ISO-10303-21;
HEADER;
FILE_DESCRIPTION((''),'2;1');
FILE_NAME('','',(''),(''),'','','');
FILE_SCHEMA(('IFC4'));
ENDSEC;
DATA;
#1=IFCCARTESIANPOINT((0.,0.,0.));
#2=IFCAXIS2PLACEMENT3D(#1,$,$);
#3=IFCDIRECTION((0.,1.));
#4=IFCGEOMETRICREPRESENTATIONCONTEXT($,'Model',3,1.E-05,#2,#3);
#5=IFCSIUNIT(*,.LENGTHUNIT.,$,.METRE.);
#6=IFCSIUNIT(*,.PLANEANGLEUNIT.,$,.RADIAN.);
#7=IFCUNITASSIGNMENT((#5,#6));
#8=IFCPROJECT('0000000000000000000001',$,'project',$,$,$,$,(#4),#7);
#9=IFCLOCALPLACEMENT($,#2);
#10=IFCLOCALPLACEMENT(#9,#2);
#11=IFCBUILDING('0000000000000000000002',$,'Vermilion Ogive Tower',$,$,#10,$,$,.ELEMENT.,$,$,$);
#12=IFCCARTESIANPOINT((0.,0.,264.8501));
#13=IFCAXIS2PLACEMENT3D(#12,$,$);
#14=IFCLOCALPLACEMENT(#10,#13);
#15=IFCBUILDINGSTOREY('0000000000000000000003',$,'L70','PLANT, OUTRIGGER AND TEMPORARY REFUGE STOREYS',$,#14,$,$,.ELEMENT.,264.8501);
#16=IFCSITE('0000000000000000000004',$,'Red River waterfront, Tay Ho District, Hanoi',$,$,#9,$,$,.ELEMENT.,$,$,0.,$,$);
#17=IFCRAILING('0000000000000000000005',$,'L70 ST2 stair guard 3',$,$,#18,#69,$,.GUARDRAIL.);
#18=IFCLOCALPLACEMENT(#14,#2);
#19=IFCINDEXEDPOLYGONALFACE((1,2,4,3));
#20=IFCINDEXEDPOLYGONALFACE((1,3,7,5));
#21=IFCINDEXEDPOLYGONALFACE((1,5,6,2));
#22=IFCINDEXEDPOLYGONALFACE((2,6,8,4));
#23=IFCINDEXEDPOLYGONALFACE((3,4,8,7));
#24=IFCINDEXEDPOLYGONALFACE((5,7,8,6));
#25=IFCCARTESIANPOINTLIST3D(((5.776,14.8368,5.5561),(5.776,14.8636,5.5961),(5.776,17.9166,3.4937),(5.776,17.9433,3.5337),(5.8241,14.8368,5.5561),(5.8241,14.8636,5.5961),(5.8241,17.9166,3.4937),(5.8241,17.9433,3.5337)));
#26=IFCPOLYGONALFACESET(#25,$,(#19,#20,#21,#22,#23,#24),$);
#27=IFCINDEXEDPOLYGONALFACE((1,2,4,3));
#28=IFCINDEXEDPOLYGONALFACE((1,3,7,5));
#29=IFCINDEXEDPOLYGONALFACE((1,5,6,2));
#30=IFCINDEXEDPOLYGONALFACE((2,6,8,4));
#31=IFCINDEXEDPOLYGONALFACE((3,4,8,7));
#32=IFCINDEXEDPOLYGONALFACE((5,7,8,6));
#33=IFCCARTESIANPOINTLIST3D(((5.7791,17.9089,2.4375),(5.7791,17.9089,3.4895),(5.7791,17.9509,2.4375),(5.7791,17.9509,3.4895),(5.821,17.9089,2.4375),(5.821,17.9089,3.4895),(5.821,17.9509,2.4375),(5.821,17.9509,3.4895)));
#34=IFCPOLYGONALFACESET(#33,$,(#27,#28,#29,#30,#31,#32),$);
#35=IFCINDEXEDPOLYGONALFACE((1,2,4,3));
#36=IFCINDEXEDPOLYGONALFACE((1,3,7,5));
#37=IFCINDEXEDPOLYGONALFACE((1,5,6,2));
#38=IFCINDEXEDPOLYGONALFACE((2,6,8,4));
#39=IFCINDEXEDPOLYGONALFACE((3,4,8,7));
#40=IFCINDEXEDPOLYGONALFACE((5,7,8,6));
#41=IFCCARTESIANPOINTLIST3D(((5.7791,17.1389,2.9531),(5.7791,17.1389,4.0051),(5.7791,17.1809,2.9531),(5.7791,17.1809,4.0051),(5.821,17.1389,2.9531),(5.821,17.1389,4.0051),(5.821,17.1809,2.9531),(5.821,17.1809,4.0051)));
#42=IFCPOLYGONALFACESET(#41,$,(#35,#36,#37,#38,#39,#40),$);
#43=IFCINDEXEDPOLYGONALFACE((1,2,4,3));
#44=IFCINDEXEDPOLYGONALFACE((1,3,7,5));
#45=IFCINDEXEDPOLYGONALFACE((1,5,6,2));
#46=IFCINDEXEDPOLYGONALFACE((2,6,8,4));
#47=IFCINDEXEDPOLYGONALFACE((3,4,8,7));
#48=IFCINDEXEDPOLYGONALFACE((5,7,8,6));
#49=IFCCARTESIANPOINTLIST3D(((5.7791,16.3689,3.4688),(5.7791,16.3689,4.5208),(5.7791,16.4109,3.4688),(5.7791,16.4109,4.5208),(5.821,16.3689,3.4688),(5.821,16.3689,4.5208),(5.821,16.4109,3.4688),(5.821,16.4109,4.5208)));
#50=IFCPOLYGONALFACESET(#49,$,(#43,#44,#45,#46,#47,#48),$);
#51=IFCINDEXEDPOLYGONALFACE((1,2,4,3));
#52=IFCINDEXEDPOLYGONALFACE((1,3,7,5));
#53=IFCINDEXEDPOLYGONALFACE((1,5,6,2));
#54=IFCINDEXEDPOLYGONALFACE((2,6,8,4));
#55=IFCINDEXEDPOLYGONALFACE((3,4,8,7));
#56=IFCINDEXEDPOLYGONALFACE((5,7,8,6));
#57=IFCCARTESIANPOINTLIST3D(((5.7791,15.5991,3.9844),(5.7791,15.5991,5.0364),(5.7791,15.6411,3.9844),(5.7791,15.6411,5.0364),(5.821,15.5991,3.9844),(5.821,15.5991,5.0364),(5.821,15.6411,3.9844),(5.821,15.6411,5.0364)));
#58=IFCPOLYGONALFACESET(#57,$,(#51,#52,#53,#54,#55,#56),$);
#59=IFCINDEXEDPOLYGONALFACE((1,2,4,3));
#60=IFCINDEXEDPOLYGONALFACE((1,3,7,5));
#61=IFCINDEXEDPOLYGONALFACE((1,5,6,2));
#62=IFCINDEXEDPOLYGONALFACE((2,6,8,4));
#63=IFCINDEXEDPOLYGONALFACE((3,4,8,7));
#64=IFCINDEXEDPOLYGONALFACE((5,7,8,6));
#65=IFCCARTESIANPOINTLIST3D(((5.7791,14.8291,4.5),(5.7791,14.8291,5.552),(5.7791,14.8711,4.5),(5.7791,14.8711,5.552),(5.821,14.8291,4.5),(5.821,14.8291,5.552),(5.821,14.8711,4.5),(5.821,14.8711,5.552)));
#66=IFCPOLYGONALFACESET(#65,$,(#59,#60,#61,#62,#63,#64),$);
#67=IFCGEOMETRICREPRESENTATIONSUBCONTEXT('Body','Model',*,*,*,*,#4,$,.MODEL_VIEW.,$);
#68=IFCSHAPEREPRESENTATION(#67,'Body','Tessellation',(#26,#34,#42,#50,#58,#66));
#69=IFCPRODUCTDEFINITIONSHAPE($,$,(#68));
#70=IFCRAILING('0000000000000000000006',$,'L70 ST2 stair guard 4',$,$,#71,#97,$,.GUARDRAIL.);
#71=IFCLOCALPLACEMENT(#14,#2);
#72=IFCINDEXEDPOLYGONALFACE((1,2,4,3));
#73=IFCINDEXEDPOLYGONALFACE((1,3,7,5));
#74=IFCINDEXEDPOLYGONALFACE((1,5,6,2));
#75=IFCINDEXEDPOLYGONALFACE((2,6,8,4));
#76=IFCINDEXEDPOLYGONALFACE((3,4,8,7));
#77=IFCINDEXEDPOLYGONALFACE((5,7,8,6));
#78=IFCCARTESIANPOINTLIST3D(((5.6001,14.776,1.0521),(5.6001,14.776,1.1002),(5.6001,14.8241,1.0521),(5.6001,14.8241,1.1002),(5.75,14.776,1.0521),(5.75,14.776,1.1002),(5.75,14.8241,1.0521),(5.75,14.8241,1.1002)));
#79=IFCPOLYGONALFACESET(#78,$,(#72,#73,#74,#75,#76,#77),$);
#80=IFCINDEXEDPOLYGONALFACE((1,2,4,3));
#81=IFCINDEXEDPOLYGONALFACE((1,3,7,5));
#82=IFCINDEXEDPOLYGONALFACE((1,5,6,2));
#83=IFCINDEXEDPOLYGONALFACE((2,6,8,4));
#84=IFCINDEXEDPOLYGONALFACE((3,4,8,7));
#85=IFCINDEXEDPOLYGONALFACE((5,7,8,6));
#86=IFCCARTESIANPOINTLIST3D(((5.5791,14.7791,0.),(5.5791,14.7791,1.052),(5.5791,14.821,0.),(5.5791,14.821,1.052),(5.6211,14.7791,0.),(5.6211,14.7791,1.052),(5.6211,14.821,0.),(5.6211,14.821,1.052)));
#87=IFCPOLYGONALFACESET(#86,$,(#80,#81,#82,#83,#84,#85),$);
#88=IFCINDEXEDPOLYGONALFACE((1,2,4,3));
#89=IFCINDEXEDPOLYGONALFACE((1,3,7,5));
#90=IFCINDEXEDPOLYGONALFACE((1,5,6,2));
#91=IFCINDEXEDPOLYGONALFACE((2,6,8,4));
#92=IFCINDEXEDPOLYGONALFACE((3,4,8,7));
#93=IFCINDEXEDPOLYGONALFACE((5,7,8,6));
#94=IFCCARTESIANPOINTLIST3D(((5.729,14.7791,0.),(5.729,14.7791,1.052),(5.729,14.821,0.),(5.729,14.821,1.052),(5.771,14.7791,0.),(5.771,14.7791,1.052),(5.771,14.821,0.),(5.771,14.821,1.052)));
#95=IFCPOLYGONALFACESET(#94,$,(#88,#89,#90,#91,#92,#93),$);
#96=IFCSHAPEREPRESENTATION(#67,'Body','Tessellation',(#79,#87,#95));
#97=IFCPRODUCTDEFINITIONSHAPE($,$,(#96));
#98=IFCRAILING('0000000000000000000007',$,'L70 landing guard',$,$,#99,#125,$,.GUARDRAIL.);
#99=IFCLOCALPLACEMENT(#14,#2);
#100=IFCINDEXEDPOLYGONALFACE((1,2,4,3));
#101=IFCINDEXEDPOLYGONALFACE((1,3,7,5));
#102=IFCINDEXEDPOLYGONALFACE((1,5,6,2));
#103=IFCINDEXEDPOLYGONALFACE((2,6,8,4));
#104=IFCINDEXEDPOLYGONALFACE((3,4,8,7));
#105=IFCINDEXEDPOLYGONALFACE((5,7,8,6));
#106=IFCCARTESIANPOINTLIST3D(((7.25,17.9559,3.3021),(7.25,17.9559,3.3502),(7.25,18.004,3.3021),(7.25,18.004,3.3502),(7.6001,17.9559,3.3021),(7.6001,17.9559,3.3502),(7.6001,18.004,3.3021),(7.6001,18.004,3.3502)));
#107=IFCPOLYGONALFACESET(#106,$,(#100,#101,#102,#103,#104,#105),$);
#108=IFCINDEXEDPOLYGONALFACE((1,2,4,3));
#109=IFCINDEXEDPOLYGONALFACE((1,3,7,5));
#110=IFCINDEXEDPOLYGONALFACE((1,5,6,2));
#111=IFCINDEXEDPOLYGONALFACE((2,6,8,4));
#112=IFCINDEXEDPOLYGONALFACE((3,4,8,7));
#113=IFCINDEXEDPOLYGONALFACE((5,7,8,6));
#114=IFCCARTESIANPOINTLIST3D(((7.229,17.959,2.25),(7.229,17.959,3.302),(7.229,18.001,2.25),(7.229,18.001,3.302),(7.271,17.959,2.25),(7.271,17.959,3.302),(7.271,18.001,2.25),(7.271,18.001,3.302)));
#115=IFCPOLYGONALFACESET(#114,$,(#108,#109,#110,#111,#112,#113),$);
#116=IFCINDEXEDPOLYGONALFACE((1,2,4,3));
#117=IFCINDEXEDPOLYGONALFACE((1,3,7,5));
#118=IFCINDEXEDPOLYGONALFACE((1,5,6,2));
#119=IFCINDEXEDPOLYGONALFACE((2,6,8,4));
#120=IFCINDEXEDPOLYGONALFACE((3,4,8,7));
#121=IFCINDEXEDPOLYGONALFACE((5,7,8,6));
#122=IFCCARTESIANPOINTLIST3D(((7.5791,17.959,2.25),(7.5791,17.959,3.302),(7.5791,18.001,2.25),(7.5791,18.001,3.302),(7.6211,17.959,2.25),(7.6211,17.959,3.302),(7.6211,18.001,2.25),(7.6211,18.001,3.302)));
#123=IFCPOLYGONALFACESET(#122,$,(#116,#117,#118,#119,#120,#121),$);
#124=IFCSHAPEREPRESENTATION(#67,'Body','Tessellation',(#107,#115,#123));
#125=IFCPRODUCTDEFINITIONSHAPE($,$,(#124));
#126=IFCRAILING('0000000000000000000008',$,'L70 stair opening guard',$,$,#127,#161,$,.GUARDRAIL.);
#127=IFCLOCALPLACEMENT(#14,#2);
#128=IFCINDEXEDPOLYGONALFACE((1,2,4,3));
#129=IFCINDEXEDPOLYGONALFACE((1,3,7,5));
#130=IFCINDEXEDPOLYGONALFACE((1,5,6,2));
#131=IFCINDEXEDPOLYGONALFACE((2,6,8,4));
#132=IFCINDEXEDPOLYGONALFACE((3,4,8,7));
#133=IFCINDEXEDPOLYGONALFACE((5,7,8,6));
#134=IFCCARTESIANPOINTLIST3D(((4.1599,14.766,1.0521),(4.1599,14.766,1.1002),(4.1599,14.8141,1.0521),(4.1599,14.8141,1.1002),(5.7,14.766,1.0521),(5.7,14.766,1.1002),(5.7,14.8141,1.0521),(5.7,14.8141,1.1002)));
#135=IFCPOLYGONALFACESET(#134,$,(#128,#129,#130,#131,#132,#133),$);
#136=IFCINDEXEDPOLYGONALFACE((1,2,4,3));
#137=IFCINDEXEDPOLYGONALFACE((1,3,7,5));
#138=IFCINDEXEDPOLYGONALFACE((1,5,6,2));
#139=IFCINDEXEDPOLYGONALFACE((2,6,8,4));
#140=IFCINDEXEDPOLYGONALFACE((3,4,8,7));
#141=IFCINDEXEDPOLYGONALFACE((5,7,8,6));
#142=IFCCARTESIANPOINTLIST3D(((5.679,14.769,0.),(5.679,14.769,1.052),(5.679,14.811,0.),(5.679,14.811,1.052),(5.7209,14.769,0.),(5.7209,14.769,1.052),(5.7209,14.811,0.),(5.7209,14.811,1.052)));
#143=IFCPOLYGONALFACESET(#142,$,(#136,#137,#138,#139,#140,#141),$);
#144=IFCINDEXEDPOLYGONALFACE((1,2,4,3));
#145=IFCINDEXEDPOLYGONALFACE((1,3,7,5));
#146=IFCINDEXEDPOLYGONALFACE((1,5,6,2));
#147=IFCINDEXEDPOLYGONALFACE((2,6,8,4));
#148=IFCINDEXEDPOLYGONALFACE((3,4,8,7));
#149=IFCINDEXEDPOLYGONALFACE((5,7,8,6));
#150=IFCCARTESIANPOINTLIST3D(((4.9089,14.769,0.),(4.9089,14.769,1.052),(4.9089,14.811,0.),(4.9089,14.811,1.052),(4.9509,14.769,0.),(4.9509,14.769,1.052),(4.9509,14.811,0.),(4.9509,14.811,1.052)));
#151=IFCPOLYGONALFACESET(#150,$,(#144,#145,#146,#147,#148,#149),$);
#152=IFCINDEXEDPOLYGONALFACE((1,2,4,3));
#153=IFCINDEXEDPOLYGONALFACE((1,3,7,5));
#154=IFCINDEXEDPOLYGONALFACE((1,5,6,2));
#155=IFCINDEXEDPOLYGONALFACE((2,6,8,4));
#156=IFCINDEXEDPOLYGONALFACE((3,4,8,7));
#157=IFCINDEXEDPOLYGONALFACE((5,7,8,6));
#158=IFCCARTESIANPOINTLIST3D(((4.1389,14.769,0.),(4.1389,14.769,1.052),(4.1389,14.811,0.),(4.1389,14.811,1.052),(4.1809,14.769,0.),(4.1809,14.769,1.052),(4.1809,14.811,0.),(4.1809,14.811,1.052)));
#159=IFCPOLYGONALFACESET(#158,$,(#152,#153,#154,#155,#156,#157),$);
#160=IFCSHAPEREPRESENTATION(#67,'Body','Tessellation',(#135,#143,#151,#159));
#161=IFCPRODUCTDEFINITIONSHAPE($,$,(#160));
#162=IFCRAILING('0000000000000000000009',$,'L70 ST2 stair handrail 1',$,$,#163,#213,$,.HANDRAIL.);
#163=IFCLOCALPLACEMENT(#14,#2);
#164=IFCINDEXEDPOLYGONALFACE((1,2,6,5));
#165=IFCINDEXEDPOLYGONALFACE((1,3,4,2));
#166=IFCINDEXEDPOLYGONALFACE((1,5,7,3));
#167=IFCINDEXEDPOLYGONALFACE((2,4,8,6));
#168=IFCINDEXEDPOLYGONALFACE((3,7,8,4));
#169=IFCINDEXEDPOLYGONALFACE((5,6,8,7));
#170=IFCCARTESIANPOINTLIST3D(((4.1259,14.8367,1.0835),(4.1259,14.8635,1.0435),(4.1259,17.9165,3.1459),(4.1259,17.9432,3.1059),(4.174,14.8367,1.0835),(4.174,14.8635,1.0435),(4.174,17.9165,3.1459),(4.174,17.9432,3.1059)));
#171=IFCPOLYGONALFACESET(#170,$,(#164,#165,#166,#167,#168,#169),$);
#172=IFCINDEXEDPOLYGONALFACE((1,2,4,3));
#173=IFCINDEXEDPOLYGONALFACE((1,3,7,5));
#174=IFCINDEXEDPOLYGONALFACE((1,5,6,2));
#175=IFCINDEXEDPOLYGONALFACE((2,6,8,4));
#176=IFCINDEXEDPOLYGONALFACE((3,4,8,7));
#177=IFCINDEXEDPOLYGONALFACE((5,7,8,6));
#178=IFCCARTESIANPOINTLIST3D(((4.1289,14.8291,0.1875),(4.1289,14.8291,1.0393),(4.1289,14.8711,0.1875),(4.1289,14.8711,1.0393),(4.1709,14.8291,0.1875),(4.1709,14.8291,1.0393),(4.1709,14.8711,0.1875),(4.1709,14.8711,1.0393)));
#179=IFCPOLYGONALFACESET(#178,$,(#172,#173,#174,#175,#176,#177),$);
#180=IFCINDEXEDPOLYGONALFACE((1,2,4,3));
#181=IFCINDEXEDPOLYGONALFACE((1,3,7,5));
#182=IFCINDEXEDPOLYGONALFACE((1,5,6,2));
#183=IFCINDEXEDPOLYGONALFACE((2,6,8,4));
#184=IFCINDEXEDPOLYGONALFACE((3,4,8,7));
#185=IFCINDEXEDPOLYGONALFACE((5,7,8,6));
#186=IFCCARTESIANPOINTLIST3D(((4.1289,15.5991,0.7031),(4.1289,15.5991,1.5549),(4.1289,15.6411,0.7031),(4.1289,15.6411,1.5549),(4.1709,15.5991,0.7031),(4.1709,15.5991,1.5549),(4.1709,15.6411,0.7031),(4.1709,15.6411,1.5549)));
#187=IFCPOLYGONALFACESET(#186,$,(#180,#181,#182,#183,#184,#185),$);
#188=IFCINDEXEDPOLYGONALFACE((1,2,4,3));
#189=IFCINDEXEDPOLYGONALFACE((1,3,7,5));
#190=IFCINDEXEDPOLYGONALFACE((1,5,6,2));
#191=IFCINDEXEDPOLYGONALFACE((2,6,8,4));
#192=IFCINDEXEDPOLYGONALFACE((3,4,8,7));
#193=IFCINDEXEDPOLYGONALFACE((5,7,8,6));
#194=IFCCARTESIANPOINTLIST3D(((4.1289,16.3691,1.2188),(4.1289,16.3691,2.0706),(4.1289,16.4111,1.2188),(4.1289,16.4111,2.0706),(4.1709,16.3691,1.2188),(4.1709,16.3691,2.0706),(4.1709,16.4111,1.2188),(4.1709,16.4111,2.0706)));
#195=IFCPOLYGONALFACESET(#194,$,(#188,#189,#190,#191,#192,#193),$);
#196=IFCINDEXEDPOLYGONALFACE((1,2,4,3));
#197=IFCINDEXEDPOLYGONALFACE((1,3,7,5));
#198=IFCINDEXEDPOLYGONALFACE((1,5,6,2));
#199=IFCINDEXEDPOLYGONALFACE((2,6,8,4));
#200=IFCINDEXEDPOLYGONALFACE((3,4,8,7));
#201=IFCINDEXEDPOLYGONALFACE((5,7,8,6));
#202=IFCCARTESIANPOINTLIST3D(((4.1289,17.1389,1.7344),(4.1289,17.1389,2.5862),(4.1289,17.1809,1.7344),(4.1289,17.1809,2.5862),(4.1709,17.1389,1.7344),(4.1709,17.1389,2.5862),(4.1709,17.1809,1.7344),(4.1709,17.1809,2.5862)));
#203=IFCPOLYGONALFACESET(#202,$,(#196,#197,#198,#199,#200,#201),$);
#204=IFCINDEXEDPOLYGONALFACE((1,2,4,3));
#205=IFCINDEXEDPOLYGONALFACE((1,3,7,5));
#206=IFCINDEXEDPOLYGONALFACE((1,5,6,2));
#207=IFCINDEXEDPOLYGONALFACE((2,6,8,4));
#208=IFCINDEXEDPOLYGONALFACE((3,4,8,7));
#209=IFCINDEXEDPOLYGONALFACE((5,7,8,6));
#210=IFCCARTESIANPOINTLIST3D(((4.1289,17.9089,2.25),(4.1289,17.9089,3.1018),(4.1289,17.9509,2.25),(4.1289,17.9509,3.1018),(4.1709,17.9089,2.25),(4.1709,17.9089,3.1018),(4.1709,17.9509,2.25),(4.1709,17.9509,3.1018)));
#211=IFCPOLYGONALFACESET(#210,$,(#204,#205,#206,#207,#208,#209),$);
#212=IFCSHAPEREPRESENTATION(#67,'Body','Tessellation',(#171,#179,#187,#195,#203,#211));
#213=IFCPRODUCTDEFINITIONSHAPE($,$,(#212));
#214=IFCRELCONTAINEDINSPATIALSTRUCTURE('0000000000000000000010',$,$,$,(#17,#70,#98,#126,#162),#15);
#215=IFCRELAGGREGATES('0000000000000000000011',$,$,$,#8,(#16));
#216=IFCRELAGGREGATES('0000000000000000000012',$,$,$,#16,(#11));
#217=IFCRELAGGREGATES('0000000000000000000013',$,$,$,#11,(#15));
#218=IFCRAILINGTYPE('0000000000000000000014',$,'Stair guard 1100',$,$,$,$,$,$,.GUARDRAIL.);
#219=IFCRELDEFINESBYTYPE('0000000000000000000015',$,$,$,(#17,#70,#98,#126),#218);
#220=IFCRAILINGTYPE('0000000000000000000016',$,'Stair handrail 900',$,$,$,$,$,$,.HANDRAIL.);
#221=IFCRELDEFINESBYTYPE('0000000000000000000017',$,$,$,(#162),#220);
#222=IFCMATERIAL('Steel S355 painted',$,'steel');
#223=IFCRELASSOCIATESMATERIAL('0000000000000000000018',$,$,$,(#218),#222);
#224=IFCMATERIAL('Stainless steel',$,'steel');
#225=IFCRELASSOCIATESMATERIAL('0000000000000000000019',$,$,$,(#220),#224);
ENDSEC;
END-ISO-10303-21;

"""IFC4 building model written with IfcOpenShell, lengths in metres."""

from ifc_helpers import new_model, si_unit, direction, frame, origin, origin_2d, place, context, subcontext, project, spatial, rectangle, extrude, material, type_object, element, save


model = new_model("IFC4")

# Units and contexts
model_context = context("Model", 3, precision=1e-05, world=origin(), true_north=direction((0.0, 1.0)))
body_context = subcontext(model_context, "Body", "Model", "MODEL_VIEW")
ifc_project = project(units=[si_unit("LENGTHUNIT", "METRE"), si_unit("PLANEANGLEUNIT", "RADIAN")], contexts=[model_context])

# Site, building, storey
site_placement = place(None, origin())
site = spatial("IfcSite", under=ifc_project, at=site_placement, Name="Red River waterfront, Tay Ho District, Hanoi", CompositionType="ELEMENT", RefElevation=0.0)
building_placement = place(site_placement, origin())
building = spatial("IfcBuilding", under=site, at=building_placement, Name="Vermilion Ogive Tower", CompositionType="ELEMENT")
storey_placement = place(building_placement, frame((0.0, 0.0, 264.8501)))
storey = spatial("IfcBuildingStorey", under=building, at=storey_placement, Name="L70", Description="PLANT, OUTRIGGER AND TEMPORARY REFUGE STOREYS", CompositionType="ELEMENT", Elevation=264.8501)

# Railings
ifc_material_1 = material(Name="Steel S355 painted", Category="steel")
railing_type_1 = type_object("IfcRailingType", Name="Stair guard 1100", PredefinedType="GUARDRAIL", material=ifc_material_1)
railing_1_placement = place(storey_placement, frame((5.8, 17.9299, 2.4375)))
element("IfcRailing", 1, at=railing_1_placement, inside=storey, type_object=railing_type_1, Name="L70 ST2 stair guard 3", PredefinedType="GUARDRAIL", context=body_context, shape_type="SweptSolid", body=[
    extrude(rectangle(XDim=0.0481, YDim=0.0481, at=origin_2d()), frame((0.0, 0.0, 1.0762), z_axis=(0.0, -0.830893, 0.556432), x_axis=(1.0, 0.0, 0.0)), (0.0, 0.0, 1.0), 3.7065),
    extrude(rectangle(XDim=0.042, YDim=0.042, at=origin_2d()), origin(), (0.0, 0.0, 1.0), 1.052),
    extrude(rectangle(XDim=0.042, YDim=0.042, at=origin_2d()), frame((0.0, -0.77, 0.5156)), (0.0, 0.0, 1.0), 1.052),
    extrude(rectangle(XDim=0.042, YDim=0.042, at=origin_2d()), frame((0.0, -1.54, 1.0312)), (0.0, 0.0, 1.0), 1.052),
    extrude(rectangle(XDim=0.042, YDim=0.042, at=origin_2d()), frame((0.0, -2.3098, 1.5469)), (0.0, 0.0, 1.0), 1.052),
    extrude(rectangle(XDim=0.042, YDim=0.042, at=origin_2d()), frame((0.0, -3.0798, 2.0625)), (0.0, 0.0, 1.0), 1.052),
])
railing_2_placement = place(storey_placement, frame((5.6001, 14.8, 0.0)))
element("IfcRailing", 2, at=railing_2_placement, inside=storey, type_object=railing_type_1, Name="L70 ST2 stair guard 4", PredefinedType="GUARDRAIL", context=body_context, shape_type="SweptSolid", body=[
    extrude(rectangle(XDim=0.0481, YDim=0.0481, at=origin_2d()), frame((0.0, 0.0, 1.0762), z_axis=(1.0, 0.0, 0.0), x_axis=(0.0, 1.0, 0.0)), (0.0, 0.0, 1.0), 0.1499),
    extrude(rectangle(XDim=0.042, YDim=0.042, at=origin_2d()), origin(), (0.0, 0.0, 1.0), 1.052),
    extrude(rectangle(XDim=0.042, YDim=0.042, at=origin_2d()), frame((0.1499, 0.0, 0.0)), (0.0, 0.0, 1.0), 1.052),
])
railing_3_placement = place(storey_placement, frame((7.25, 17.98, 2.25)))
element("IfcRailing", 3, at=railing_3_placement, inside=storey, type_object=railing_type_1, Name="L70 landing guard", PredefinedType="GUARDRAIL", context=body_context, shape_type="SweptSolid", body=[
    extrude(rectangle(XDim=0.0481, YDim=0.0481, at=origin_2d()), frame((0.0, 0.0, 1.0762), z_axis=(1.0, 0.0, 0.0), x_axis=(0.0, 1.0, 0.0)), (0.0, 0.0, 1.0), 0.3501),
    extrude(rectangle(XDim=0.042, YDim=0.042, at=origin_2d()), origin(), (0.0, 0.0, 1.0), 1.052),
    extrude(rectangle(XDim=0.042, YDim=0.042, at=origin_2d()), frame((0.3501, 0.0, 0.0)), (0.0, 0.0, 1.0), 1.052),
])
railing_4_placement = place(storey_placement, frame((5.7, 14.79, 0.0)))
element("IfcRailing", 4, at=railing_4_placement, inside=storey, type_object=railing_type_1, Name="L70 stair opening guard", PredefinedType="GUARDRAIL", context=body_context, shape_type="SweptSolid", body=[
    extrude(rectangle(XDim=0.0481, YDim=0.0481, at=origin_2d()), frame((0.0, 0.0, 1.0762), z_axis=(-1.0, 0.0, 0.0), x_axis=(0.0, -1.0, 0.0)), (0.0, 0.0, 1.0), 1.54),
    extrude(rectangle(XDim=0.042, YDim=0.042, at=origin_2d()), origin(), (0.0, 0.0, 1.0), 1.052),
    extrude(rectangle(XDim=0.042, YDim=0.042, at=origin_2d()), frame((-0.77, 0.0, 0.0)), (0.0, 0.0, 1.0), 1.052),
    extrude(rectangle(XDim=0.042, YDim=0.042, at=origin_2d()), frame((-1.54, 0.0, 0.0)), (0.0, 0.0, 1.0), 1.052),
])
ifc_material_2 = material(Name="Stainless steel", Category="steel")
railing_type_2 = type_object("IfcRailingType", Name="Stair handrail 900", PredefinedType="HANDRAIL", material=ifc_material_2)
railing_5_placement = place(storey_placement, frame((4.1499, 14.8501, 0.1875)))
element("IfcRailing", 5, at=railing_5_placement, inside=storey, type_object=railing_type_2, Name="L70 ST2 stair handrail 1", PredefinedType="HANDRAIL", context=body_context, shape_type="SweptSolid", body=[
    extrude(rectangle(XDim=0.0481, YDim=0.0481, at=origin_2d()), frame((0.0, 0.0, 0.876), z_axis=(0.0, 0.830893, 0.556432), x_axis=(-1.0, 0.0, 0.0)), (0.0, 0.0, 1.0), 3.7065),
    extrude(rectangle(XDim=0.042, YDim=0.042, at=origin_2d()), origin(), (0.0, 0.0, 1.0), 0.8518),
    extrude(rectangle(XDim=0.042, YDim=0.042, at=origin_2d()), frame((0.0, 0.77, 0.5156)), (0.0, 0.0, 1.0), 0.8518),
    extrude(rectangle(XDim=0.042, YDim=0.042, at=origin_2d()), frame((0.0, 1.54, 1.0312)), (0.0, 0.0, 1.0), 0.8518),
    extrude(rectangle(XDim=0.042, YDim=0.042, at=origin_2d()), frame((0.0, 2.3098, 1.5469)), (0.0, 0.0, 1.0), 0.8518),
    extrude(rectangle(XDim=0.042, YDim=0.042, at=origin_2d()), frame((0.0, 3.0798, 2.0625)), (0.0, 0.0, 1.0), 0.8518),
])

save(model, "model.ifc")
